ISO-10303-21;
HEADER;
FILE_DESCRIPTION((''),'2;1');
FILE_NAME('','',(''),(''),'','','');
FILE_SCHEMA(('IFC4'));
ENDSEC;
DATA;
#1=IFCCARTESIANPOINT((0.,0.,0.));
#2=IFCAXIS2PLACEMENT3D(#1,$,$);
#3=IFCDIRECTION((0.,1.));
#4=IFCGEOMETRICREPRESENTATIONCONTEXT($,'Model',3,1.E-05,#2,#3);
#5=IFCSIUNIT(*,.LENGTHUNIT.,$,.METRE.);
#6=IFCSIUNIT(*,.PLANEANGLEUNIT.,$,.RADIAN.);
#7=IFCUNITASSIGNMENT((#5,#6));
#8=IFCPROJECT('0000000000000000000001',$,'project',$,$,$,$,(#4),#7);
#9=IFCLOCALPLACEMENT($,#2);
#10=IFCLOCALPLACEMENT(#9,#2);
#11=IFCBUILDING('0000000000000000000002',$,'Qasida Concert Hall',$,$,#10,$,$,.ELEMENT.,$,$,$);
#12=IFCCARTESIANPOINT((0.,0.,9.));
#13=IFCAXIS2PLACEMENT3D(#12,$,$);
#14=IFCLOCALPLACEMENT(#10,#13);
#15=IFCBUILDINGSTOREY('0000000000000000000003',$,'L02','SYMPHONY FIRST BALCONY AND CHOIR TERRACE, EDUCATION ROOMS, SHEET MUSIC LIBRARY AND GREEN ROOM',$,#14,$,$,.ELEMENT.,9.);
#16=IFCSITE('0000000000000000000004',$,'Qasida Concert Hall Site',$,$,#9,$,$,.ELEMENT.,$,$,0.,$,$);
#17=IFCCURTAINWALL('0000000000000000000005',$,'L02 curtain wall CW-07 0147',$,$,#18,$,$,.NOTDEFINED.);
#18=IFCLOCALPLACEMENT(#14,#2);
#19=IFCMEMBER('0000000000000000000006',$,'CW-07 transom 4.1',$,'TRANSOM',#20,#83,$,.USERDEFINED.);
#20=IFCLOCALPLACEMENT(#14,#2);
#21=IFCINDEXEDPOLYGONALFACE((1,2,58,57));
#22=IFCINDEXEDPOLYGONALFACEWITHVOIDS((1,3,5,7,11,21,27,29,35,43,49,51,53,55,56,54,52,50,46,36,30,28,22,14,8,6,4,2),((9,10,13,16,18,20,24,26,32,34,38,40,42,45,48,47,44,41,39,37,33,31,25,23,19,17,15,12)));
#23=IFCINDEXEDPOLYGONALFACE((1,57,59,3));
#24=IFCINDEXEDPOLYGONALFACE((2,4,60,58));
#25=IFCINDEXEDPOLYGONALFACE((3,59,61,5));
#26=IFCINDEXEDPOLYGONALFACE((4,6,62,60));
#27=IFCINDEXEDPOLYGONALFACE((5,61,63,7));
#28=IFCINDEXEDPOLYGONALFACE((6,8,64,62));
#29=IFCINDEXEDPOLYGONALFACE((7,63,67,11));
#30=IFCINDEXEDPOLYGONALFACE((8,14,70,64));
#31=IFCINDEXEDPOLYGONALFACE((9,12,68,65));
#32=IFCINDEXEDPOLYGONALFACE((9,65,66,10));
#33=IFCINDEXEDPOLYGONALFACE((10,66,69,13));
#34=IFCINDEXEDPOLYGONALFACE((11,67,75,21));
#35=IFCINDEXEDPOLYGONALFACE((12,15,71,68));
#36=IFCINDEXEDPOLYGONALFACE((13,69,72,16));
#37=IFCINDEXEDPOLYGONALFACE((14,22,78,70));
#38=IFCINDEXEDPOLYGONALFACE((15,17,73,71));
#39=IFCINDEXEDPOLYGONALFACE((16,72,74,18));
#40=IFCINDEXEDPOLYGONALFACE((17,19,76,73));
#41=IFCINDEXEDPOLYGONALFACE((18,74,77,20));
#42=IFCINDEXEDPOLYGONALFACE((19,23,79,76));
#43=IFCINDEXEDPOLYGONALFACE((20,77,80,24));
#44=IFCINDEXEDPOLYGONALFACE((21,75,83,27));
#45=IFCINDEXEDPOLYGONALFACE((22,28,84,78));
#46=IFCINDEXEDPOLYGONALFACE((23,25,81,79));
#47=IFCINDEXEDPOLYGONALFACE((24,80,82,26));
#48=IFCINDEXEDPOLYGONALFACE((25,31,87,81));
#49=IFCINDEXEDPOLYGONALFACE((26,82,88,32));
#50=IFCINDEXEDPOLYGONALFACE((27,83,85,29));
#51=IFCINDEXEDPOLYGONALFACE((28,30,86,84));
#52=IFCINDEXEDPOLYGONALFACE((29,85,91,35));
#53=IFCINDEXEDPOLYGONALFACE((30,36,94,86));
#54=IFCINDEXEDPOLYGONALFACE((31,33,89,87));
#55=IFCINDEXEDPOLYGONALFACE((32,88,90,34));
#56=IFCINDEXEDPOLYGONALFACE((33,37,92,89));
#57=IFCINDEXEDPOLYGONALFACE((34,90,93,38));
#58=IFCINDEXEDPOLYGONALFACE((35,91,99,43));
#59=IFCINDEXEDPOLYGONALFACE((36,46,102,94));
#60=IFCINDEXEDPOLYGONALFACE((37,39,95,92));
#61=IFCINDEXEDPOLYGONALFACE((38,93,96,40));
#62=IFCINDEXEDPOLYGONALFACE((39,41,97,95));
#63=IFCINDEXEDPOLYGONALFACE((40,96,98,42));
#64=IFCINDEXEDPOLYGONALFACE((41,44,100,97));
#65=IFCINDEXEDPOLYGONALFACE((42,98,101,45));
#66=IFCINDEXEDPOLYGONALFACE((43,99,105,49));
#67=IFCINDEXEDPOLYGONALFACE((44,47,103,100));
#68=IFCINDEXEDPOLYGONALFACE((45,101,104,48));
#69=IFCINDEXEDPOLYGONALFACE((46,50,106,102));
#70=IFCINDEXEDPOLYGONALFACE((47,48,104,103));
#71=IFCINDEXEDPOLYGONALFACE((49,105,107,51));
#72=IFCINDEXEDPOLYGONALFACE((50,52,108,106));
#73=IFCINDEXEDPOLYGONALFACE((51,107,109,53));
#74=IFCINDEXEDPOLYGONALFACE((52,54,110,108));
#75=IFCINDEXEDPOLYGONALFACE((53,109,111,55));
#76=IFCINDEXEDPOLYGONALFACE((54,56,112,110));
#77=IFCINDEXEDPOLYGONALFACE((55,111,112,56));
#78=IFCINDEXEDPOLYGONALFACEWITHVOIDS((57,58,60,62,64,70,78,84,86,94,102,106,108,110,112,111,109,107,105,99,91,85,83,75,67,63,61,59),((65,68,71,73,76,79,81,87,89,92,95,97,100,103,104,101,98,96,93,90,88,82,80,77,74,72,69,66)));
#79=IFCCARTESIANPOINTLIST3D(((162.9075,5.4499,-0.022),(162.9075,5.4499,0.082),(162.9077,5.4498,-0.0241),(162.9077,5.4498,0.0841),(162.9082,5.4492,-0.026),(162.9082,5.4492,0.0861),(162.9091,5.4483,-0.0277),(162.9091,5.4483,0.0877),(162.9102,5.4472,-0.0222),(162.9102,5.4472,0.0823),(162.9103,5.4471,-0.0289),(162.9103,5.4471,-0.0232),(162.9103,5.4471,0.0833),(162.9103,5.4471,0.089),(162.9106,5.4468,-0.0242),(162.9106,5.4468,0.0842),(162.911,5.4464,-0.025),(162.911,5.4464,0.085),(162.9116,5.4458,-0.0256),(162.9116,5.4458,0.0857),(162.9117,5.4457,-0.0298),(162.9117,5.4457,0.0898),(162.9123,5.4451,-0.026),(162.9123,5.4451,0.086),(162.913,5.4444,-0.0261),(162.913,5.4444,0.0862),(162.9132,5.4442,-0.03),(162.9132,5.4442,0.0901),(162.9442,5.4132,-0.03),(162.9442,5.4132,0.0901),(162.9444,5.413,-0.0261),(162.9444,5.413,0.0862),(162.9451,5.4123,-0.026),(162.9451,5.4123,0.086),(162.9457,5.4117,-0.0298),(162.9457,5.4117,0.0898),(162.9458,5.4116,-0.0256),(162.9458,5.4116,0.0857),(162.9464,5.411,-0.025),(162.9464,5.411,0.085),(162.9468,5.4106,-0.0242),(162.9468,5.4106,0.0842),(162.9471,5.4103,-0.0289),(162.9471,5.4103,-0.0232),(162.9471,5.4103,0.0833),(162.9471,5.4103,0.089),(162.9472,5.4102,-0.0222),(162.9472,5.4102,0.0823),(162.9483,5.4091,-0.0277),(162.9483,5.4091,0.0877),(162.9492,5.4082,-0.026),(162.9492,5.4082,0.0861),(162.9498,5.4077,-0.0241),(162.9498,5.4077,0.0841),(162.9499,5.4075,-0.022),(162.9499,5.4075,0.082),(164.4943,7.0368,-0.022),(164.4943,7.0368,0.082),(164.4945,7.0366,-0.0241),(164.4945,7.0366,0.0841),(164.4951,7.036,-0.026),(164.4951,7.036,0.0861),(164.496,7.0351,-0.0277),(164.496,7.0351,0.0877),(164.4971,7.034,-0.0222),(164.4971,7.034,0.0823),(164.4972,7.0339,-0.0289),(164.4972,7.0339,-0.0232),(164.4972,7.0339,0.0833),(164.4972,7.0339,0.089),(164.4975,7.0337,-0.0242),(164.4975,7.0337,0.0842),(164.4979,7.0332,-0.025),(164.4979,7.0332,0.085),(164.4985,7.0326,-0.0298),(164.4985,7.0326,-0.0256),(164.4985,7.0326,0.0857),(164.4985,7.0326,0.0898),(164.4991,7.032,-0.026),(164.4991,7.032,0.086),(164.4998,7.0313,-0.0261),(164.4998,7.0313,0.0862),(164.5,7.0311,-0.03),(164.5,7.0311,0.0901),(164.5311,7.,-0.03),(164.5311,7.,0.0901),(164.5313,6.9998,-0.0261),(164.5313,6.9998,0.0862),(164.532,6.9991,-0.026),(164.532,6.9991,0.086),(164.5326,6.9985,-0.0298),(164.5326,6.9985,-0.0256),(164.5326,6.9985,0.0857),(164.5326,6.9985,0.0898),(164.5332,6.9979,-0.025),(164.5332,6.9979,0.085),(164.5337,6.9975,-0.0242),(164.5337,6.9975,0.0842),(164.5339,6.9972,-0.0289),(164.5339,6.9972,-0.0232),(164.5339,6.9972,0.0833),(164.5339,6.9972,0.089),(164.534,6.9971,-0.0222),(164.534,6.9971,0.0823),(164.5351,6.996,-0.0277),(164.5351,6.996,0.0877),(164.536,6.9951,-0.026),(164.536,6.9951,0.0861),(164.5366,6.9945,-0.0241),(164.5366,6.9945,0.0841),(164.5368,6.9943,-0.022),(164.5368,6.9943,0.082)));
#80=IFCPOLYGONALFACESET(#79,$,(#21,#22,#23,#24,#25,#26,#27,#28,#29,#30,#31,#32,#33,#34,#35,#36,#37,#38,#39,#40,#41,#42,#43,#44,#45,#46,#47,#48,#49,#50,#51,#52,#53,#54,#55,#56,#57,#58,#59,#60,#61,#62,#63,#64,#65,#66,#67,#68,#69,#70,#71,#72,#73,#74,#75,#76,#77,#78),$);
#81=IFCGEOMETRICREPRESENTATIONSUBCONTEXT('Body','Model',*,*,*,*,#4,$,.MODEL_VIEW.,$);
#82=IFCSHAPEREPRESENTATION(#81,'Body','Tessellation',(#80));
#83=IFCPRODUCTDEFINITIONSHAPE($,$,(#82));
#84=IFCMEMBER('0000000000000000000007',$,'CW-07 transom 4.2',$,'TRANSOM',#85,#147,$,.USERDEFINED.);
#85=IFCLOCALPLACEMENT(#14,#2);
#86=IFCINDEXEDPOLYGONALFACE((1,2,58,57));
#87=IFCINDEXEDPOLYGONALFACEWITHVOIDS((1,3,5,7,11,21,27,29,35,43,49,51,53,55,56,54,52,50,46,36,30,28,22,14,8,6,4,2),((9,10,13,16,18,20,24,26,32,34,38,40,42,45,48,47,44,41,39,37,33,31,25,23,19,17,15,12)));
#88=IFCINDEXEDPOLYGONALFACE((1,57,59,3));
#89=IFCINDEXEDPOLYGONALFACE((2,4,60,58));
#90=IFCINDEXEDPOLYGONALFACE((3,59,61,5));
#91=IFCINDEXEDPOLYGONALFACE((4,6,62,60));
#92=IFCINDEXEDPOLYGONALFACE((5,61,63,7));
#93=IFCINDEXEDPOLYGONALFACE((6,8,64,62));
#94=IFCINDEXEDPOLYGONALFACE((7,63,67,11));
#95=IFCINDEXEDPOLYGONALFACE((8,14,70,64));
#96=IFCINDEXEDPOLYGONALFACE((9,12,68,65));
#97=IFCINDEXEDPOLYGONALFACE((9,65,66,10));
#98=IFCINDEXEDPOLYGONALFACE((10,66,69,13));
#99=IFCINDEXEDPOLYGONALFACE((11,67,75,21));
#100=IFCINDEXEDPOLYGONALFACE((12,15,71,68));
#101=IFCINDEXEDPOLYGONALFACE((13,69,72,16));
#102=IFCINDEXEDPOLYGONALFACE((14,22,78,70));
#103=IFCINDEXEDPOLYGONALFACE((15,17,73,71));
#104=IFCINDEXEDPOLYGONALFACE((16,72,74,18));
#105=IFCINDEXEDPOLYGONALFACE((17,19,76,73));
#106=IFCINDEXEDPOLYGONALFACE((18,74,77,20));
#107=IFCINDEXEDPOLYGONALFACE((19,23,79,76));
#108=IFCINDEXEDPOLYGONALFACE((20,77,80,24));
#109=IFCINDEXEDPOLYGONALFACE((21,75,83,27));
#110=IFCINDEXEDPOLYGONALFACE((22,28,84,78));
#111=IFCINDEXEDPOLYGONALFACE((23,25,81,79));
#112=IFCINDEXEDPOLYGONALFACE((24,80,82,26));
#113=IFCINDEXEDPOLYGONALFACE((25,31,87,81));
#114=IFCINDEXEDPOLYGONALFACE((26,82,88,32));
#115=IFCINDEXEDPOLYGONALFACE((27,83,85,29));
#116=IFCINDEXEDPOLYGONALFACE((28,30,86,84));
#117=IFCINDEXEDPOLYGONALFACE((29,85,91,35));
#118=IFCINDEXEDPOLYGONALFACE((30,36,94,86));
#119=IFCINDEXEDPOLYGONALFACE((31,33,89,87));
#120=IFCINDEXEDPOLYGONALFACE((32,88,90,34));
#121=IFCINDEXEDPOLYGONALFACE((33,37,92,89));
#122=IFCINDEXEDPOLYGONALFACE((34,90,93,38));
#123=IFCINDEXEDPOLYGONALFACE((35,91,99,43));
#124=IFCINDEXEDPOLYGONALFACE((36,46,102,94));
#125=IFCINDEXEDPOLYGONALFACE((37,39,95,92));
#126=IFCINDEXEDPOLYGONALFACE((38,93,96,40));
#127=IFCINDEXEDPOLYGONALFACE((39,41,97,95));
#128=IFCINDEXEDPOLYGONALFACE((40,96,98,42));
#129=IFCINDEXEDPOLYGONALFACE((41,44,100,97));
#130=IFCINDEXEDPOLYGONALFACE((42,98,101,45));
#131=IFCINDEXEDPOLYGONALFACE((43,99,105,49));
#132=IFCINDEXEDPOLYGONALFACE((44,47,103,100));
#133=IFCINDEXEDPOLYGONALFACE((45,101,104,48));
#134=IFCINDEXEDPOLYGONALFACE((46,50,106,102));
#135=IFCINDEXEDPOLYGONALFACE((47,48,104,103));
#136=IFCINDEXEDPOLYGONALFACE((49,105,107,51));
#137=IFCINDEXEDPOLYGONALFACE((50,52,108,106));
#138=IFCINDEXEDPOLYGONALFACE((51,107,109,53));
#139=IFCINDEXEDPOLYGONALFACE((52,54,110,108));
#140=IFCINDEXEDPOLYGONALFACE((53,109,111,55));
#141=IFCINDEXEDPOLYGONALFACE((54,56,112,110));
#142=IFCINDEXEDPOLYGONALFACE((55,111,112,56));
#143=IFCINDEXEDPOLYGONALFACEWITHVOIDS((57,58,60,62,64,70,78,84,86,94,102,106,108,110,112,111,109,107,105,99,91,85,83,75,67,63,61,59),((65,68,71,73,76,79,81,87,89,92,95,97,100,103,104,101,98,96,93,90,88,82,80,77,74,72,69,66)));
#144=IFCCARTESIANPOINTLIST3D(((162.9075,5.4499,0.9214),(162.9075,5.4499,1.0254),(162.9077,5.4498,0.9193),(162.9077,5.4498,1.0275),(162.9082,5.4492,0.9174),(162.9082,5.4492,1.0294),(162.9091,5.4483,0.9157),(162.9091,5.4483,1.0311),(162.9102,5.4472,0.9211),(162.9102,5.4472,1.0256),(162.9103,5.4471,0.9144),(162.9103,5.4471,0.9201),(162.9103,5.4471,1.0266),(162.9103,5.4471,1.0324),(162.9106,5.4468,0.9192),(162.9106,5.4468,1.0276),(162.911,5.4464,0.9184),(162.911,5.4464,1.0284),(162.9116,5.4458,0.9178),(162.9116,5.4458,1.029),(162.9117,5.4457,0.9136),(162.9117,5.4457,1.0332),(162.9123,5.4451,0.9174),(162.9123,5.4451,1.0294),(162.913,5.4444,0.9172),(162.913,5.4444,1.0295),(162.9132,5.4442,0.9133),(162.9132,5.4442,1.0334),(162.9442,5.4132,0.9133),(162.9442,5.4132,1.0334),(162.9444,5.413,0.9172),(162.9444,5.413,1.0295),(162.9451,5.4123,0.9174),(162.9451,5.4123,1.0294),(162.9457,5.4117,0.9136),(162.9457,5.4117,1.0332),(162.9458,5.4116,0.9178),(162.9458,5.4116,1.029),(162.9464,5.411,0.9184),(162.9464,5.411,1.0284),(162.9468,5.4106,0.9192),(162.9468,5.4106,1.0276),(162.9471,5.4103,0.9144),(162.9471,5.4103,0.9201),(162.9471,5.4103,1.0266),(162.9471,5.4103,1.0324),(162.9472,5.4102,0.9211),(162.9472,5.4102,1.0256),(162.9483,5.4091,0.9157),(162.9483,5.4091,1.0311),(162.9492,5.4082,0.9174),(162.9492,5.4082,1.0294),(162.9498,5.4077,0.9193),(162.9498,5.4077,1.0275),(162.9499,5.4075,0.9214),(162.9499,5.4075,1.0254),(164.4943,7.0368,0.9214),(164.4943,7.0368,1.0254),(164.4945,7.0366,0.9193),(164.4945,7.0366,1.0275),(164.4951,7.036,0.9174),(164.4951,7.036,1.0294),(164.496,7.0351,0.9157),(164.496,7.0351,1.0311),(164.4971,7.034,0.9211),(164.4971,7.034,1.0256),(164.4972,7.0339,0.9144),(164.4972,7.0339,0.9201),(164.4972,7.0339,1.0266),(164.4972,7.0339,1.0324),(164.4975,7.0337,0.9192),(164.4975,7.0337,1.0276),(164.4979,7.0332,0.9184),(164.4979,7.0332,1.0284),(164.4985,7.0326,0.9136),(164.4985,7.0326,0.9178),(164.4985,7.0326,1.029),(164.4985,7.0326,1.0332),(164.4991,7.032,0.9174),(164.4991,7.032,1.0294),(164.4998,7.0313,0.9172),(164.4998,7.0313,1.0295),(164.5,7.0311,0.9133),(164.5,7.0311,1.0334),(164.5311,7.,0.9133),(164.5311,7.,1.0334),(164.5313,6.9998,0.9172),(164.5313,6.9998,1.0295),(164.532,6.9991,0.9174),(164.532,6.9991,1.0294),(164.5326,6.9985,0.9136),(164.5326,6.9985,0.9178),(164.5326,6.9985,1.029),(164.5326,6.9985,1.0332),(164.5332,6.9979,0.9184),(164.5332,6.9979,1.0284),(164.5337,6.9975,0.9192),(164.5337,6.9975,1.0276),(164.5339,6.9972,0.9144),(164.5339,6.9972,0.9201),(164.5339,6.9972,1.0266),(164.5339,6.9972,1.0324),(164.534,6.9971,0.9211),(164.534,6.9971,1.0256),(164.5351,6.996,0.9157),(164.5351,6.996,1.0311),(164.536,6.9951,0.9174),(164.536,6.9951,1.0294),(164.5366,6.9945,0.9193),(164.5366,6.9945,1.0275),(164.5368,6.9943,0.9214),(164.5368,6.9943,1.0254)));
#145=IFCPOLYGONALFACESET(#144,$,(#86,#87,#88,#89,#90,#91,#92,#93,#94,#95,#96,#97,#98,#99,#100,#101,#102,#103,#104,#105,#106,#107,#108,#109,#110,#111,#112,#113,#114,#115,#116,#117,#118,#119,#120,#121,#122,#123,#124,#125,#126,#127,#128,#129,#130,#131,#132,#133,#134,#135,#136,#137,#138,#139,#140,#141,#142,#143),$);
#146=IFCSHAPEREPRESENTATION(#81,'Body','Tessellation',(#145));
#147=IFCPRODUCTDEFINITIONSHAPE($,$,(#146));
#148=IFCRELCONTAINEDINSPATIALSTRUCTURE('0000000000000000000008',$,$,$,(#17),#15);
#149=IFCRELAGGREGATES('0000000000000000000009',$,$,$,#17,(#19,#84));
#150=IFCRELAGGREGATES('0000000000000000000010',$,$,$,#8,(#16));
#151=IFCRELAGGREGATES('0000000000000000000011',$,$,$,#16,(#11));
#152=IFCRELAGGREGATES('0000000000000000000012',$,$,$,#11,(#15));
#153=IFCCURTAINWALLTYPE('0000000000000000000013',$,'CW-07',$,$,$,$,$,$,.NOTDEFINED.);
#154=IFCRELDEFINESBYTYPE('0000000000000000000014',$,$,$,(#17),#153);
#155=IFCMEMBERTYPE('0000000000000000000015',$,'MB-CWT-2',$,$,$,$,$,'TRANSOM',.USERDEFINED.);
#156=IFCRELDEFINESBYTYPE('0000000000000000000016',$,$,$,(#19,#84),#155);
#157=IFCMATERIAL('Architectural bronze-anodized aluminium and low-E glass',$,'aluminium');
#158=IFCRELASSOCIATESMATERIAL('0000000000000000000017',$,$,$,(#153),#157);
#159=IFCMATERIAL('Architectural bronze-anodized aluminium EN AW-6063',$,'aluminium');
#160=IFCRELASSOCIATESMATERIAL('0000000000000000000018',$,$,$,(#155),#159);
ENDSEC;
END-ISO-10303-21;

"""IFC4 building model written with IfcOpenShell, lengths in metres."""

from ifc_helpers import new_model, si_unit, direction, frame, origin, origin_2d, place, context, subcontext, project, spatial, hollow_rectangle, extrude, material, material_profile, profile_set, type_object, element, aggregate, save


model = new_model("IFC4")

# Units and contexts
model_context = context("Model", 3, precision=1e-05, world=origin(), true_north=direction((0.0, 1.0)))
body_context = subcontext(model_context, "Body", "Model", "MODEL_VIEW")
ifc_project = project(units=[si_unit("LENGTHUNIT", "METRE"), si_unit("PLANEANGLEUNIT", "RADIAN")], contexts=[model_context])

# Site, building, storey
site_placement = place(None, origin())
site = spatial("IfcSite", under=ifc_project, at=site_placement, Name="Qasida Concert Hall Site", CompositionType="ELEMENT", RefElevation=0.0)
building_placement = place(site_placement, origin())
building = spatial("IfcBuilding", under=site, at=building_placement, Name="Qasida Concert Hall", CompositionType="ELEMENT")
storey_placement = place(building_placement, frame((0.0, 0.0, 9.0)))
storey = spatial("IfcBuildingStorey", under=building, at=storey_placement, Name="L02", Description="SYMPHONY FIRST BALCONY AND CHOIR TERRACE, EDUCATION ROOMS, SHEET MUSIC LIBRARY AND GREEN ROOM", CompositionType="ELEMENT", Elevation=9.0)

# Curtain wall, members
ifc_material_1 = material(Name="Architectural bronze-anodized aluminium and low-E glass", Category="aluminium")
curtain_wall_type = type_object("IfcCurtainWallType", Name="CW-07", PredefinedType="NOTDEFINED", material=ifc_material_1)
curtain_wall_placement = place(storey_placement, origin())
curtain_wall = element("IfcCurtainWall", 1, at=curtain_wall_placement, inside=storey, type_object=curtain_wall_type, Name="L02 curtain wall CW-07 0147", PredefinedType="NOTDEFINED")
ifc_material_2 = material(Name="Architectural bronze-anodized aluminium EN AW-6063", Category="aluminium")
ifc_material_profile_1 = material_profile(ifc_material_2, hollow_rectangle(XDim=0.0601, YDim=0.1201, WallThickness=0.0039, InnerFilletRadius=0.0039, OuterFilletRadius=0.0081, at=origin_2d()), Name="CWT 120x60x4")
ifc_profile_set_1 = profile_set([ifc_material_profile_1], Name="Architectural bronze-anodized aluminium EN AW-6063")
member_type_1 = type_object("IfcMemberType", Name="MB-CWT-2", ElementType="TRANSOM", PredefinedType="USERDEFINED", material=ifc_profile_set_1)
member_1_placement = place(storey_placement, frame((162.9287, 5.4287, 0.03), z_axis=(0.707107, 0.707107, 0.0), x_axis=(-0.707107, 0.707107, 0.0)))
member_1 = element("IfcMember", 2, at=member_1_placement, type_object=member_type_1, Name="CW-07 transom 4.1", ObjectType="TRANSOM", PredefinedType="USERDEFINED", context=body_context, shape_type="SweptSolid", body=[
    extrude(hollow_rectangle(XDim=0.0601, YDim=0.1201, WallThickness=0.0039, InnerFilletRadius=0.0039, OuterFilletRadius=0.0081, at=origin_2d()), origin(), (0.0, 0.0, 1.0), 2.2441),
])
member_2_placement = place(storey_placement, frame((162.9287, 5.4287, 0.9734), z_axis=(0.707107, 0.707107, 0.0), x_axis=(-0.707107, 0.707107, 0.0)))
member_2 = element("IfcMember", 3, at=member_2_placement, type_object=member_type_1, Name="CW-07 transom 4.2", ObjectType="TRANSOM", PredefinedType="USERDEFINED", context=body_context, shape_type="SweptSolid", body=[
    extrude(hollow_rectangle(XDim=0.0601, YDim=0.1201, WallThickness=0.0039, InnerFilletRadius=0.0039, OuterFilletRadius=0.0081, at=origin_2d()), origin(), (0.0, 0.0, 1.0), 2.2441),
])
aggregate(curtain_wall, [member_1, member_2])

save(model, "model.ifc")
